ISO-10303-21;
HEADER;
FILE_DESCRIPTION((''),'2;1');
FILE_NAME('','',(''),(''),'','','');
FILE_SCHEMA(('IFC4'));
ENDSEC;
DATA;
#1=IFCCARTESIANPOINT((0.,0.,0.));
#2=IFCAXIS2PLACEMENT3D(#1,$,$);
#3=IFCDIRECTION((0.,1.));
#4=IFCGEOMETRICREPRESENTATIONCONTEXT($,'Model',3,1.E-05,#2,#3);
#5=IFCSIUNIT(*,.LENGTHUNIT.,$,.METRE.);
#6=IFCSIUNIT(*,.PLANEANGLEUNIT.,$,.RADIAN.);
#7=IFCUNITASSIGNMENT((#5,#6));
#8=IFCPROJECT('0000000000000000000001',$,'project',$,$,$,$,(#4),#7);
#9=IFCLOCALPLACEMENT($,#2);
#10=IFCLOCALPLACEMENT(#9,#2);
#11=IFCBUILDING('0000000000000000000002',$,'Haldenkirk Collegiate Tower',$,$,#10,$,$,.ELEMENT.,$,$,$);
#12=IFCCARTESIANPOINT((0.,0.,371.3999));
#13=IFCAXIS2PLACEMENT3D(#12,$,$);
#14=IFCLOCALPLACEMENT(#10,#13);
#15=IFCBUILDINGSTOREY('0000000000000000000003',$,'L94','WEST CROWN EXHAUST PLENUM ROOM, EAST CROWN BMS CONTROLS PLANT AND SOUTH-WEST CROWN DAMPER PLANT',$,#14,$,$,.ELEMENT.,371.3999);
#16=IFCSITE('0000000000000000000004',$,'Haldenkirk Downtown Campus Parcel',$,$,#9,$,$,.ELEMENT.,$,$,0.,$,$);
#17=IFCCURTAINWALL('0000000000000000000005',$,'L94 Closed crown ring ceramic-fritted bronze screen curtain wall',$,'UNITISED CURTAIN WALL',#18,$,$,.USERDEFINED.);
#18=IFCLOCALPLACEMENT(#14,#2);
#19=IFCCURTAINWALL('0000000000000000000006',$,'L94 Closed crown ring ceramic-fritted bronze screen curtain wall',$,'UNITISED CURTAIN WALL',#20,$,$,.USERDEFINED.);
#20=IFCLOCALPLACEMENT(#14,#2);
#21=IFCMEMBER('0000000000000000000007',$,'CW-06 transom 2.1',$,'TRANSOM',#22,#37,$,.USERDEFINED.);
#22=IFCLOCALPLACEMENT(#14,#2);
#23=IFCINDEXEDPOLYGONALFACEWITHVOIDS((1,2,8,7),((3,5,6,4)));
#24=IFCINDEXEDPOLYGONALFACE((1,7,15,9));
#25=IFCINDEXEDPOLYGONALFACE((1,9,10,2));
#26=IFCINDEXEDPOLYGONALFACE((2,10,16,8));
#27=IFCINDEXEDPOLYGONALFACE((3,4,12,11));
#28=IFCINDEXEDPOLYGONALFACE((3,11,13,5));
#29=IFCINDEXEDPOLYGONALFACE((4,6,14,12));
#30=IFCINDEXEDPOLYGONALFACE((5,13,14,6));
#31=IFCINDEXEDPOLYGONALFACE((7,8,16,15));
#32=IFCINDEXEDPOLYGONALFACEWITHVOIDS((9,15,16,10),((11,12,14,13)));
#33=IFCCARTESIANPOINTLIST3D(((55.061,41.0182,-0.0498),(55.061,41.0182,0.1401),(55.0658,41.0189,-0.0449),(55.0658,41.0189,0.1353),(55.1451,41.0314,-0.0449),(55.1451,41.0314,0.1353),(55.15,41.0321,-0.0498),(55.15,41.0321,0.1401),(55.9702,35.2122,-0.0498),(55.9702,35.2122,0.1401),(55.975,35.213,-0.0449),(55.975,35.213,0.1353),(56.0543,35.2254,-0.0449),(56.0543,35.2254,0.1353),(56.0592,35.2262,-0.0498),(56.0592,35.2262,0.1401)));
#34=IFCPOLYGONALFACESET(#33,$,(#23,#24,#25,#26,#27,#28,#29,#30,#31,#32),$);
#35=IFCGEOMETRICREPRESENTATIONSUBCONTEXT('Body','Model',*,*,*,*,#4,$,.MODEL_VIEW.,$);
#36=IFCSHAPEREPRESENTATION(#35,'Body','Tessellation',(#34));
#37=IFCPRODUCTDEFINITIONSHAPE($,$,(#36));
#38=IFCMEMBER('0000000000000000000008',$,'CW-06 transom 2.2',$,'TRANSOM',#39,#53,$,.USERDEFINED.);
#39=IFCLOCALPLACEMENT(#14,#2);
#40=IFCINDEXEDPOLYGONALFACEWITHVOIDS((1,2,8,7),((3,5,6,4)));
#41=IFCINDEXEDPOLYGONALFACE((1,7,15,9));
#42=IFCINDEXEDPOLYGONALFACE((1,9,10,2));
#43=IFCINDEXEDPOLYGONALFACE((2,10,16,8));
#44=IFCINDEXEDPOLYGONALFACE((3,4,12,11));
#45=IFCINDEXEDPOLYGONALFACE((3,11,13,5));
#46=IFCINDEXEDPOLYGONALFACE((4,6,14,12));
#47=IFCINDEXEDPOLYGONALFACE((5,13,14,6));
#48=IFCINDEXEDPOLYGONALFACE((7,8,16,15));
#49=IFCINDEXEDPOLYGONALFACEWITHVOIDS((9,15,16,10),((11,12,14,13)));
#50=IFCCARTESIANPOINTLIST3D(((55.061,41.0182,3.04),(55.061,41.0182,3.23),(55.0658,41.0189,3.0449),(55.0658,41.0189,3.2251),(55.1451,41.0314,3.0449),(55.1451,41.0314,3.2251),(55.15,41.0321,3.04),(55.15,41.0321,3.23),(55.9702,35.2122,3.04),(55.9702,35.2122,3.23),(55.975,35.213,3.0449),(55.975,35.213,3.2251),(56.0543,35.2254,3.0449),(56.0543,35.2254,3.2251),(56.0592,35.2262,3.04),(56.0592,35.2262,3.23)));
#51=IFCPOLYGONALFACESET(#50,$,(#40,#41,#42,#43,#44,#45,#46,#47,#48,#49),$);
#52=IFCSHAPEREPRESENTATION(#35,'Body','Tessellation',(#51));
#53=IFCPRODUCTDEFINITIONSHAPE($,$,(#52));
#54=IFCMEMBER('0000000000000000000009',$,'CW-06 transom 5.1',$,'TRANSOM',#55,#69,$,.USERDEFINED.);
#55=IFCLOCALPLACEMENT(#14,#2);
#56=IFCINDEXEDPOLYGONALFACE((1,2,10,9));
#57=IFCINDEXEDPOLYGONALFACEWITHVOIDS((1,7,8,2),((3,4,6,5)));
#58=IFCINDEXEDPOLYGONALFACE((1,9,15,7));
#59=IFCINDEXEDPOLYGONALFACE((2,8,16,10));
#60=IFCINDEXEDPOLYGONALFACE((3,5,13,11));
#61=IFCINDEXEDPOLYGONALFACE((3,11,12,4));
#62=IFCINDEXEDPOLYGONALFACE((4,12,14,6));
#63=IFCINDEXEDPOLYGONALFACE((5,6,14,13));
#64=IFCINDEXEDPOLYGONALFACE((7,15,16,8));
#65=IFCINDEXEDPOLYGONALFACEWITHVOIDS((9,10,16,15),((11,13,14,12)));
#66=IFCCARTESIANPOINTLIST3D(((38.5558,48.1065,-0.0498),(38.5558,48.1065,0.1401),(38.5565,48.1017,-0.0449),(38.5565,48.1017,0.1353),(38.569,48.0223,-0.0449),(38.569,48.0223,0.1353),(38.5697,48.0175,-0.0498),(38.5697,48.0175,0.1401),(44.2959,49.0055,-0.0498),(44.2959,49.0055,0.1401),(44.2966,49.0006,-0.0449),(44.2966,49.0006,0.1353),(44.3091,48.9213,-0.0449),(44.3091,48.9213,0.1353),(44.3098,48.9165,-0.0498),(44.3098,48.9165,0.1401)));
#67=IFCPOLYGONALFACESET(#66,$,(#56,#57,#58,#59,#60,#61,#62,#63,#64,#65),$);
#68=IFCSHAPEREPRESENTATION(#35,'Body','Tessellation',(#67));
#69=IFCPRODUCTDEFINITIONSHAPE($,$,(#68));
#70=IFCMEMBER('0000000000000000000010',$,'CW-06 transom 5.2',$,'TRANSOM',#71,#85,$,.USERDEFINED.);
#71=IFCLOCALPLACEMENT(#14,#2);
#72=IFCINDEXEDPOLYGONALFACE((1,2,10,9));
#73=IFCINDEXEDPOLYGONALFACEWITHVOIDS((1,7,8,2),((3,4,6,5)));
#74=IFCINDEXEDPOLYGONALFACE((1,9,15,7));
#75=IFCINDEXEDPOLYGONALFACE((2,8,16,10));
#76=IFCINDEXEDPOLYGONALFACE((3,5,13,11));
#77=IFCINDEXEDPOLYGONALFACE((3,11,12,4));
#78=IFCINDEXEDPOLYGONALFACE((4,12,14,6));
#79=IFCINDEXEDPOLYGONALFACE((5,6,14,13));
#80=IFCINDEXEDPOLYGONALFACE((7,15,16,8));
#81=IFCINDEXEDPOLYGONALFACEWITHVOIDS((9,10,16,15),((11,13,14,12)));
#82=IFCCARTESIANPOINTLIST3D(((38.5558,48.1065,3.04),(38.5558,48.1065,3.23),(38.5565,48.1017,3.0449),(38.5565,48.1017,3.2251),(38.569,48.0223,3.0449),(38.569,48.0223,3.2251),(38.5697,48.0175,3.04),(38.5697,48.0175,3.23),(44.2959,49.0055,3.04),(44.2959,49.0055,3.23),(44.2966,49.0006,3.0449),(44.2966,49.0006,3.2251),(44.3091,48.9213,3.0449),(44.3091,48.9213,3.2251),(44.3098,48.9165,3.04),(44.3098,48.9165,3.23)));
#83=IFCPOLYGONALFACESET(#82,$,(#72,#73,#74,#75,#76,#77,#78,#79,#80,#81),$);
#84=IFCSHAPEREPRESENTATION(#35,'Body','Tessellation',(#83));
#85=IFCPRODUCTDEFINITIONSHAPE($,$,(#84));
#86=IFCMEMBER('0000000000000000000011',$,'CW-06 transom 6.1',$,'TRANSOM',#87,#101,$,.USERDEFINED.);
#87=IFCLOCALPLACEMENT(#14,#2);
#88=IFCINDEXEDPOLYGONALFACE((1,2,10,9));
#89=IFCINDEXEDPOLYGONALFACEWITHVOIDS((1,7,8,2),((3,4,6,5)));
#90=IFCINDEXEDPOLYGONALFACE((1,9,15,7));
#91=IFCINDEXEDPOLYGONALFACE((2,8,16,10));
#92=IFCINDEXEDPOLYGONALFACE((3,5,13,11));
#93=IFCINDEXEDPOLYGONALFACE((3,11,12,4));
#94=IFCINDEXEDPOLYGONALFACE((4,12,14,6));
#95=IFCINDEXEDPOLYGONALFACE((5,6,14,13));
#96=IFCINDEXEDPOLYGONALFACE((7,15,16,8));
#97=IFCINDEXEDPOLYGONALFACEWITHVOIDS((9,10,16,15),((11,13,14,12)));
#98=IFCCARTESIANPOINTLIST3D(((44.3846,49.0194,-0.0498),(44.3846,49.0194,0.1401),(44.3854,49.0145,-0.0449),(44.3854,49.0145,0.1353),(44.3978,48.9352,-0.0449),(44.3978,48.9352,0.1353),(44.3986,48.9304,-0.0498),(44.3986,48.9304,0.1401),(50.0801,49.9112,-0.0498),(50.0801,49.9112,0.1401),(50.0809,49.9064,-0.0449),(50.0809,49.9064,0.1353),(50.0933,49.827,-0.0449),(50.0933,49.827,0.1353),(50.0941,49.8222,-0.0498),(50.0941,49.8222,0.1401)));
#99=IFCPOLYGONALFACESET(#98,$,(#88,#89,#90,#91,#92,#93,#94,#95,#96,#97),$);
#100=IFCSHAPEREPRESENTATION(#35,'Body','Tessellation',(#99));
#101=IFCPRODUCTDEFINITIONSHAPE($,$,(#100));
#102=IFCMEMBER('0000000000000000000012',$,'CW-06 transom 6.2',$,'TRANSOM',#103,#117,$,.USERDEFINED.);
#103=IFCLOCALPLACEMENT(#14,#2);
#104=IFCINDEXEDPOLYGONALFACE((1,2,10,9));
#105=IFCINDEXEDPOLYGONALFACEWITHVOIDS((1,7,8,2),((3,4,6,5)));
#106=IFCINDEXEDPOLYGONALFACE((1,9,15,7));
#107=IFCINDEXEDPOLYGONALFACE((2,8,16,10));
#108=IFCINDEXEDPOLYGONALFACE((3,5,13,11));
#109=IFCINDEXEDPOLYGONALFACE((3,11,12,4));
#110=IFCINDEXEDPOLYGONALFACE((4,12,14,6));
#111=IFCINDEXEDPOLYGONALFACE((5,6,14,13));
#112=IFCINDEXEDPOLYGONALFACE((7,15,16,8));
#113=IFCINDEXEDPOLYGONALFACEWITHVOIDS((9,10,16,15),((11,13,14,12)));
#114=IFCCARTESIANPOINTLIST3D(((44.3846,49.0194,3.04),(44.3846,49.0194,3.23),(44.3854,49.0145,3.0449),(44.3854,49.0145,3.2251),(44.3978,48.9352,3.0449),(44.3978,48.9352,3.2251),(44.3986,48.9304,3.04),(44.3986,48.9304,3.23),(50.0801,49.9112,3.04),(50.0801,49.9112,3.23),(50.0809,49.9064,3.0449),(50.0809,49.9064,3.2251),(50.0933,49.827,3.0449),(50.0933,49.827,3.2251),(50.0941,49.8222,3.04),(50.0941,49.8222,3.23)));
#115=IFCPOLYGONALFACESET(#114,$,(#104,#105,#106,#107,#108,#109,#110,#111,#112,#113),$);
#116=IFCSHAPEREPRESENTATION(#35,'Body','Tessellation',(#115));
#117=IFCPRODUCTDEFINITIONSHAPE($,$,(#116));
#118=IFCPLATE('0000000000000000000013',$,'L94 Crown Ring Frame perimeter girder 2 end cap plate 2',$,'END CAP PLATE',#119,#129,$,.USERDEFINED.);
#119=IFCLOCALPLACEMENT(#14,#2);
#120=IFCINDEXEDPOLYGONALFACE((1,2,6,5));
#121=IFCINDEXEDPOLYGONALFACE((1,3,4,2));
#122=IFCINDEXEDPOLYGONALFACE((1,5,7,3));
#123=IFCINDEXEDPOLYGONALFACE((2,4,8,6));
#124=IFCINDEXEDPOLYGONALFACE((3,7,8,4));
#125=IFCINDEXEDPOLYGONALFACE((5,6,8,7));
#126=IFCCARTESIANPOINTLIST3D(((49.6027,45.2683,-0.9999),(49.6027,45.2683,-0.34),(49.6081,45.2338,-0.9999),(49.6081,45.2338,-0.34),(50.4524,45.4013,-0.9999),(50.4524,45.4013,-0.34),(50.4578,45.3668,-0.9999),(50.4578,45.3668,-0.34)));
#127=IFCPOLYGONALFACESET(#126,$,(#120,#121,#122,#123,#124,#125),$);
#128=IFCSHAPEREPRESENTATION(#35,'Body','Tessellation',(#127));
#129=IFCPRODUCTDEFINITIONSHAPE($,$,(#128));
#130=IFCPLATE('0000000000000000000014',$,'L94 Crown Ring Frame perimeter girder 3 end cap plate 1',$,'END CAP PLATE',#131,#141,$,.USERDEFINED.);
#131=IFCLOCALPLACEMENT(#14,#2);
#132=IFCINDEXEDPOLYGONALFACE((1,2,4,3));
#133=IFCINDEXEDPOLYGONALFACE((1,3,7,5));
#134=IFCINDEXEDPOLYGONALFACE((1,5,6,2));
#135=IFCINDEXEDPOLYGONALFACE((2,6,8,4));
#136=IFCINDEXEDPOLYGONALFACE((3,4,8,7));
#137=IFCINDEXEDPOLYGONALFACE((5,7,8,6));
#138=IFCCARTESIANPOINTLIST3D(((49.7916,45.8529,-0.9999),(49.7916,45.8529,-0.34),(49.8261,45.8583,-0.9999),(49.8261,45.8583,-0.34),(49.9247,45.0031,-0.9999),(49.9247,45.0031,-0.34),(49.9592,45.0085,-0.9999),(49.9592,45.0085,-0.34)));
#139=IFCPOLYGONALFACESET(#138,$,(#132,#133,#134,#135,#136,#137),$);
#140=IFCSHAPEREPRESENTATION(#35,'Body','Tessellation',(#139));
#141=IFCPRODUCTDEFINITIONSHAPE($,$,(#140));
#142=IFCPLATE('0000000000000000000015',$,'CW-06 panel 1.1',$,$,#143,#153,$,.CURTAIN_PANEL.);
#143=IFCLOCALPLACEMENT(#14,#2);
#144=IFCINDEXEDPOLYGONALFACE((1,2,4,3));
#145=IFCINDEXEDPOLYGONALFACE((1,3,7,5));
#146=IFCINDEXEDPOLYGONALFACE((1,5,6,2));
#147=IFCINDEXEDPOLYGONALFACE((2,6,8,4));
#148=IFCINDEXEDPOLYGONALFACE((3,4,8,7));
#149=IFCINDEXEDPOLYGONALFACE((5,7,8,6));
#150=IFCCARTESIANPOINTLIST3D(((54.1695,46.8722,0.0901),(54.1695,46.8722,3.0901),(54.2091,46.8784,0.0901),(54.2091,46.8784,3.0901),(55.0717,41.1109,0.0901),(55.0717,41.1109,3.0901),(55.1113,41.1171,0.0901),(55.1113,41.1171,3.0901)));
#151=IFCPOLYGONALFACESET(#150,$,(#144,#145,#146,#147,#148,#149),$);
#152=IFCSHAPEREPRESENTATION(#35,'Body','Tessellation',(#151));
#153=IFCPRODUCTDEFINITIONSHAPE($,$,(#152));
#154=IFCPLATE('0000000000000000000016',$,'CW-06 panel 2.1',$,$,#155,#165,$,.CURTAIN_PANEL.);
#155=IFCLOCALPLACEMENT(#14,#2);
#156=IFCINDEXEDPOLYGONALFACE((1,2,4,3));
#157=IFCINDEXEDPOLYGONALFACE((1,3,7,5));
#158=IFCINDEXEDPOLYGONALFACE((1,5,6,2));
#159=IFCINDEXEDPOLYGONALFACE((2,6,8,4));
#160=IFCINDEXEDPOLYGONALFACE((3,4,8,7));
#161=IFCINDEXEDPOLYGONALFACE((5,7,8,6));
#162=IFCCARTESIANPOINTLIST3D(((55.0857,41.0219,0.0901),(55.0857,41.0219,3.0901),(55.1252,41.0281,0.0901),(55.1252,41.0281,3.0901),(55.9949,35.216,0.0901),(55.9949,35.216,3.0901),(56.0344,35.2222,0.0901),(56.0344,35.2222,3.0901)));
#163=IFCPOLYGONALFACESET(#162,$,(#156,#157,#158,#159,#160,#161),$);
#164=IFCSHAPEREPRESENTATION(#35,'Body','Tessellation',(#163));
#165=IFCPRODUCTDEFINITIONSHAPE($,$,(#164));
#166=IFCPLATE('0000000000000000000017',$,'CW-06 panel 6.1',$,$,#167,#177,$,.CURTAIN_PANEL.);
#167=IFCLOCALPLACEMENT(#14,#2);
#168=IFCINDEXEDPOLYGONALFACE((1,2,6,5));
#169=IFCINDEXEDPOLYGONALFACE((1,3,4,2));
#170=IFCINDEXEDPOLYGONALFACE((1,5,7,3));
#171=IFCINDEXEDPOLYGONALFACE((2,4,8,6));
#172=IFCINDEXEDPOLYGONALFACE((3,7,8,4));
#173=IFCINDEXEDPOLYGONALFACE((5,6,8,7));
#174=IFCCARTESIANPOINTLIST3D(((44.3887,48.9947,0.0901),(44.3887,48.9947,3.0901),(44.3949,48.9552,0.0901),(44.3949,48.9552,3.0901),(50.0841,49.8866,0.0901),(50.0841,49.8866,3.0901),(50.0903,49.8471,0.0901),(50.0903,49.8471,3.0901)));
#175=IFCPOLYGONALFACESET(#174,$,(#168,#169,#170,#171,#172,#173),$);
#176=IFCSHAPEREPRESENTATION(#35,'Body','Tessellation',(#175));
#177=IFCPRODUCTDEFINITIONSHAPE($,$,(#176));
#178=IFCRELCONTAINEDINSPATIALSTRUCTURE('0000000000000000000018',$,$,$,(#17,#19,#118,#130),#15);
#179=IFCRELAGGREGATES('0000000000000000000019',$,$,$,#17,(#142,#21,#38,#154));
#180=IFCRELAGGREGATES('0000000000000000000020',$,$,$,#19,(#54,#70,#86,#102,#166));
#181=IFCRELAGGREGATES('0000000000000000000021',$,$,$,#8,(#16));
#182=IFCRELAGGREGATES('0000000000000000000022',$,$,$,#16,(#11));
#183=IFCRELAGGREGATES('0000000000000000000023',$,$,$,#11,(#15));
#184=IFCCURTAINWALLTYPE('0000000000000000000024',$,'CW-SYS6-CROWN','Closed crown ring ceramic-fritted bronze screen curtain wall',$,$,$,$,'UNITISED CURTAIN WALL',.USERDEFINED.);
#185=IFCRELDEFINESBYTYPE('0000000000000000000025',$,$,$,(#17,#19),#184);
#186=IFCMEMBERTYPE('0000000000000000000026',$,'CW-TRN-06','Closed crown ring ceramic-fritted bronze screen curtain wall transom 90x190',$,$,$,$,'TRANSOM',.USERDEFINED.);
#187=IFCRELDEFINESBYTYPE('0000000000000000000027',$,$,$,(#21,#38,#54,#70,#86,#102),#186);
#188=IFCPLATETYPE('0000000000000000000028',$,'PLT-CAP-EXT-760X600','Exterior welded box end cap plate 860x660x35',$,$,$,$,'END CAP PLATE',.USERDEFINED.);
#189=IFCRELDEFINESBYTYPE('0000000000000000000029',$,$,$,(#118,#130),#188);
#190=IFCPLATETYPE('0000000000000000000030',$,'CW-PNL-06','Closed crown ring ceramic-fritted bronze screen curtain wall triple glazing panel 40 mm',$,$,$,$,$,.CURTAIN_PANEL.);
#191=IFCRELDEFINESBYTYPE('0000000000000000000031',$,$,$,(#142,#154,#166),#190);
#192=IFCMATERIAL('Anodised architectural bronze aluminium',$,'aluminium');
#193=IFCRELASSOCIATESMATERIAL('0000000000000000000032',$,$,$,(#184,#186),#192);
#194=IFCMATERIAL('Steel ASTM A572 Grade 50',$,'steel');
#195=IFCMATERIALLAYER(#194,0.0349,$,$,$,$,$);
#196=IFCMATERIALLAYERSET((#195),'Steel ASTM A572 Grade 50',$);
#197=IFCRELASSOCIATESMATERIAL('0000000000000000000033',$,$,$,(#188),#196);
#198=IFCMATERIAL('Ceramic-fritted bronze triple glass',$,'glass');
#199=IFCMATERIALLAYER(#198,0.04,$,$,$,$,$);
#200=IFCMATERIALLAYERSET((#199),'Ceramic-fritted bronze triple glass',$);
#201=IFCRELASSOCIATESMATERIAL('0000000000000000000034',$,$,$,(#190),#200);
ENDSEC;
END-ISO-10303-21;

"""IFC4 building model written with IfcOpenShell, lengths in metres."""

from ifc_helpers import new_model, si_unit, direction, frame, origin, origin_2d, place, context, subcontext, project, spatial, rectangle, hollow_rectangle, extrude, source, transform, mapped, material, layer, layer_set, material_profile, profile_set, type_object, element, aggregate, save


model = new_model("IFC4")

# Units and contexts
model_context = context("Model", 3, precision=1e-05, world=origin(), true_north=direction((0.0, 1.0)))
body_context = subcontext(model_context, "Body", "Model", "MODEL_VIEW")
ifc_project = project(units=[si_unit("LENGTHUNIT", "METRE"), si_unit("PLANEANGLEUNIT", "RADIAN")], contexts=[model_context])

# Site, building, storey
site_placement = place(None, origin())
site = spatial("IfcSite", under=ifc_project, at=site_placement, Name="Haldenkirk Downtown Campus Parcel", CompositionType="ELEMENT", RefElevation=0.0)
building_placement = place(site_placement, origin())
building = spatial("IfcBuilding", under=site, at=building_placement, Name="Haldenkirk Collegiate Tower", CompositionType="ELEMENT")
storey_placement = place(building_placement, frame((0.0, 0.0, 371.3999)))
storey = spatial("IfcBuildingStorey", under=building, at=storey_placement, Name="L94", Description="WEST CROWN EXHAUST PLENUM ROOM, EAST CROWN BMS CONTROLS PLANT AND SOUTH-WEST CROWN DAMPER PLANT", CompositionType="ELEMENT", Elevation=371.3999)

# Shared definitions
ifc_material_1 = material(Name="Steel ASTM A572 Grade 50", Category="steel")

# Curtain walls
ifc_material_2 = material(Name="Anodised architectural bronze aluminium", Category="aluminium")
curtain_wall_type = type_object("IfcCurtainWallType", Name="CW-SYS6-CROWN", Description="Closed crown ring ceramic-fritted bronze screen curtain wall", ElementType="UNITISED CURTAIN WALL", PredefinedType="USERDEFINED", material=ifc_material_2)
curtain_wall_1_placement = place(storey_placement, origin())
curtain_wall_1 = element("IfcCurtainWall", 1, at=curtain_wall_1_placement, inside=storey, type_object=curtain_wall_type, Name="L94 Closed crown ring ceramic-fritted bronze screen curtain wall", ObjectType="UNITISED CURTAIN WALL", PredefinedType="USERDEFINED")
curtain_wall_2_placement = place(storey_placement, origin())
curtain_wall_2 = element("IfcCurtainWall", 2, at=curtain_wall_2_placement, inside=storey, type_object=curtain_wall_type, Name="L94 Closed crown ring ceramic-fritted bronze screen curtain wall", ObjectType="UNITISED CURTAIN WALL", PredefinedType="USERDEFINED")

# Members
ifc_material_profile_1 = material_profile(ifc_material_2, hollow_rectangle(XDim=0.0901, YDim=0.1899, WallThickness=0.0049, at=origin_2d()), Name="CW-TRN-06")
ifc_profile_set_1 = profile_set([ifc_material_profile_1], Name="Anodised architectural bronze aluminium")
member_type_1 = type_object("IfcMemberType", Name="CW-TRN-06", Description="Closed crown ring ceramic-fritted bronze screen curtain wall transom 90x190", ElementType="TRANSOM", PredefinedType="USERDEFINED", material=ifc_profile_set_1)
member_1_placement = place(storey_placement, frame((55.1055, 41.0251, 0.0452), z_axis=(0.15471, -0.98796, 0.0), x_axis=(0.98796, 0.15471, 0.0)))
member_1 = element("IfcMember", 3, at=member_1_placement, type_object=member_type_1, Name="CW-06 transom 2.1", ObjectType="TRANSOM", PredefinedType="USERDEFINED", context=body_context, shape_type="SweptSolid", body=[
    extrude(hollow_rectangle(XDim=0.0901, YDim=0.1899, WallThickness=0.0049, at=origin_2d()), origin(), (0.0, 0.0, 1.0), 5.8767),
])
member_2_placement = place(storey_placement, frame((55.1055, 41.0251, 3.135), z_axis=(0.15471, -0.98796, 0.0), x_axis=(0.98796, 0.15471, 0.0)))
member_2 = element("IfcMember", 4, at=member_2_placement, type_object=member_type_1, Name="CW-06 transom 2.2", ObjectType="TRANSOM", PredefinedType="USERDEFINED", context=body_context, shape_type="SweptSolid", body=[
    extrude(hollow_rectangle(XDim=0.0901, YDim=0.1899, WallThickness=0.0049, at=origin_2d()), origin(), (0.0, 0.0, 1.0), 5.8767),
])
member_3_placement = place(storey_placement, frame((38.5627, 48.062, 0.0452), z_axis=(0.987958, 0.154722, 0.0), x_axis=(-0.154722, 0.987958, 0.0)))
member_3 = element("IfcMember", 5, at=member_3_placement, type_object=member_type_1, Name="CW-06 transom 5.1", ObjectType="TRANSOM", PredefinedType="USERDEFINED", context=body_context, shape_type="SweptSolid", body=[
    extrude(hollow_rectangle(XDim=0.0901, YDim=0.1899, WallThickness=0.0049, at=origin_2d()), origin(), (0.0, 0.0, 1.0), 5.8101),
])
member_4_placement = place(storey_placement, frame((38.5627, 48.062, 3.135), z_axis=(0.987958, 0.154722, 0.0), x_axis=(-0.154722, 0.987958, 0.0)))
member_4 = element("IfcMember", 6, at=member_4_placement, type_object=member_type_1, Name="CW-06 transom 5.2", ObjectType="TRANSOM", PredefinedType="USERDEFINED", context=body_context, shape_type="SweptSolid", body=[
    extrude(hollow_rectangle(XDim=0.0901, YDim=0.1899, WallThickness=0.0049, at=origin_2d()), origin(), (0.0, 0.0, 1.0), 5.8101),
])
member_5_placement = place(storey_placement, frame((44.3916, 48.9749, 0.0452), z_axis=(0.987961, 0.154701, 0.0), x_axis=(-0.154701, 0.987961, 0.0)))
member_5 = element("IfcMember", 7, at=member_5_placement, type_object=member_type_1, Name="CW-06 transom 6.1", ObjectType="TRANSOM", PredefinedType="USERDEFINED", context=body_context, shape_type="SweptSolid", body=[
    extrude(hollow_rectangle(XDim=0.0901, YDim=0.1899, WallThickness=0.0049, at=origin_2d()), origin(), (0.0, 0.0, 1.0), 5.7649),
])
member_6_placement = place(storey_placement, frame((44.3916, 48.9749, 3.135), z_axis=(0.987961, 0.154701, 0.0), x_axis=(-0.154701, 0.987961, 0.0)))
member_6 = element("IfcMember", 8, at=member_6_placement, type_object=member_type_1, Name="CW-06 transom 6.2", ObjectType="TRANSOM", PredefinedType="USERDEFINED", context=body_context, shape_type="SweptSolid", body=[
    extrude(hollow_rectangle(XDim=0.0901, YDim=0.1899, WallThickness=0.0049, at=origin_2d()), origin(), (0.0, 0.0, 1.0), 5.7649),
])

# Plates
ifc_layer_1 = layer(ifc_material_1, 0.0349)
ifc_layer_set_1 = layer_set([ifc_layer_1], Name="Steel ASTM A572 Grade 50")
plate_type_1 = type_object("IfcPlateType", Name="PLT-CAP-EXT-760X600", Description="Exterior welded box end cap plate 860x660x35", ElementType="END CAP PLATE", PredefinedType="USERDEFINED", material=ifc_layer_set_1)
shared_shape_1 = source(origin(), body_context, "Body", "SweptSolid", [
    extrude(rectangle(XDim=0.8601, YDim=0.6599, at=origin_2d()), origin(), (0.0, 0.0, 1.0), 0.0349),
])
for number, where, z_axis, x_axis, name in (
    (9, (50.033, 45.3003, -0.6699), (-0.154711, 0.98796, 0.0), (-0.98796, -0.154711, 0.0), "L94 Crown Ring Frame perimeter girder 2 end cap plate 2"),
    (10, (49.8582, 45.428, -0.6699), (0.987959, 0.154713, 0.0), (-0.154713, 0.987959, 0.0), "L94 Crown Ring Frame perimeter girder 3 end cap plate 1"),
):
    element("IfcPlate", number, at=place(storey_placement, frame(where, z_axis=z_axis, x_axis=x_axis)), inside=storey, type_object=plate_type_1, Name=name, ObjectType="END CAP PLATE", PredefinedType="USERDEFINED", context=body_context, shape_type="MappedRepresentation", body=[
        mapped(shared_shape_1, transform((0.0, 0.0, 0.0), x_axis=(1.0, 0.0, 0.0), y_axis=(0.0, 1.0, 0.0), z_axis=(0.0, 0.0, 1.0), scale=1.0)),
    ])

# Plates
ifc_material_3 = material(Name="Ceramic-fritted bronze triple glass", Category="glass")
ifc_layer_2 = layer(ifc_material_3, 0.04)
ifc_layer_set_2 = layer_set([ifc_layer_2], Name="Ceramic-fritted bronze triple glass")
plate_type_2 = type_object("IfcPlateType", Name="CW-PNL-06", Description="Closed crown ring ceramic-fritted bronze screen curtain wall triple glazing panel 40 mm", PredefinedType="CURTAIN_PANEL", material=ifc_layer_set_2)
shared_shape_2 = source(origin(), body_context, "Body", "SweptSolid", [
    extrude(rectangle(XDim=5.8315, YDim=0.04, at=origin_2d()), origin(), (0.0, 0.0, 1.0), 3.0),
])
plate_1_placement = place(storey_placement, frame((54.6404, 43.9946, 0.0901), z_axis=(0.0, 0.0, 1.0), x_axis=(0.154713, -0.98796, 0.0)))
plate_1 = element("IfcPlate", 11, at=plate_1_placement, type_object=plate_type_2, Name="CW-06 panel 1.1", PredefinedType="CURTAIN_PANEL", context=body_context, shape_type="MappedRepresentation", body=[
    mapped(shared_shape_2, transform((0.0, 0.0, 0.0), x_axis=(1.0, 0.0, 0.0), y_axis=(0.0, 1.0, 0.0), z_axis=(0.0, 0.0, 1.0), scale=1.0)),
])
shared_shape_3 = source(origin(), body_context, "Body", "SweptSolid", [
    extrude(rectangle(XDim=5.8767, YDim=0.04, at=origin_2d()), origin(), (0.0, 0.0, 1.0), 3.0),
])
plate_2_placement = place(storey_placement, frame((55.5601, 38.1221, 0.0901), z_axis=(0.0, 0.0, 1.0), x_axis=(0.154713, -0.98796, 0.0)))
plate_2 = element("IfcPlate", 12, at=plate_2_placement, type_object=plate_type_2, Name="CW-06 panel 2.1", PredefinedType="CURTAIN_PANEL", context=body_context, shape_type="MappedRepresentation", body=[
    mapped(shared_shape_3, transform((0.0, 0.0, 0.0), x_axis=(1.0, 0.0, 0.0), y_axis=(0.0, 1.0, 0.0), z_axis=(0.0, 0.0, 1.0), scale=1.0)),
])
aggregate(curtain_wall_1, [plate_1, member_1, member_2, plate_2])
shared_shape_4 = source(origin(), body_context, "Body", "SweptSolid", [
    extrude(rectangle(XDim=5.7649, YDim=0.04, at=origin_2d()), origin(), (0.0, 0.0, 1.0), 3.0),
])
plate_3_placement = place(storey_placement, frame((47.2395, 49.4209, 0.0901), z_axis=(0.0, 0.0, 1.0), x_axis=(0.98796, 0.154709, 0.0)))
plate_3 = element("IfcPlate", 13, at=plate_3_placement, type_object=plate_type_2, Name="CW-06 panel 6.1", PredefinedType="CURTAIN_PANEL", context=body_context, shape_type="MappedRepresentation", body=[
    mapped(shared_shape_4, transform((0.0, 0.0, 0.0), x_axis=(1.0, 0.0, 0.0), y_axis=(0.0, 1.0, 0.0), z_axis=(0.0, 0.0, 1.0), scale=1.0)),
])
aggregate(curtain_wall_2, [member_3, member_4, member_5, member_6, plate_3])

save(model, "model.ifc")
